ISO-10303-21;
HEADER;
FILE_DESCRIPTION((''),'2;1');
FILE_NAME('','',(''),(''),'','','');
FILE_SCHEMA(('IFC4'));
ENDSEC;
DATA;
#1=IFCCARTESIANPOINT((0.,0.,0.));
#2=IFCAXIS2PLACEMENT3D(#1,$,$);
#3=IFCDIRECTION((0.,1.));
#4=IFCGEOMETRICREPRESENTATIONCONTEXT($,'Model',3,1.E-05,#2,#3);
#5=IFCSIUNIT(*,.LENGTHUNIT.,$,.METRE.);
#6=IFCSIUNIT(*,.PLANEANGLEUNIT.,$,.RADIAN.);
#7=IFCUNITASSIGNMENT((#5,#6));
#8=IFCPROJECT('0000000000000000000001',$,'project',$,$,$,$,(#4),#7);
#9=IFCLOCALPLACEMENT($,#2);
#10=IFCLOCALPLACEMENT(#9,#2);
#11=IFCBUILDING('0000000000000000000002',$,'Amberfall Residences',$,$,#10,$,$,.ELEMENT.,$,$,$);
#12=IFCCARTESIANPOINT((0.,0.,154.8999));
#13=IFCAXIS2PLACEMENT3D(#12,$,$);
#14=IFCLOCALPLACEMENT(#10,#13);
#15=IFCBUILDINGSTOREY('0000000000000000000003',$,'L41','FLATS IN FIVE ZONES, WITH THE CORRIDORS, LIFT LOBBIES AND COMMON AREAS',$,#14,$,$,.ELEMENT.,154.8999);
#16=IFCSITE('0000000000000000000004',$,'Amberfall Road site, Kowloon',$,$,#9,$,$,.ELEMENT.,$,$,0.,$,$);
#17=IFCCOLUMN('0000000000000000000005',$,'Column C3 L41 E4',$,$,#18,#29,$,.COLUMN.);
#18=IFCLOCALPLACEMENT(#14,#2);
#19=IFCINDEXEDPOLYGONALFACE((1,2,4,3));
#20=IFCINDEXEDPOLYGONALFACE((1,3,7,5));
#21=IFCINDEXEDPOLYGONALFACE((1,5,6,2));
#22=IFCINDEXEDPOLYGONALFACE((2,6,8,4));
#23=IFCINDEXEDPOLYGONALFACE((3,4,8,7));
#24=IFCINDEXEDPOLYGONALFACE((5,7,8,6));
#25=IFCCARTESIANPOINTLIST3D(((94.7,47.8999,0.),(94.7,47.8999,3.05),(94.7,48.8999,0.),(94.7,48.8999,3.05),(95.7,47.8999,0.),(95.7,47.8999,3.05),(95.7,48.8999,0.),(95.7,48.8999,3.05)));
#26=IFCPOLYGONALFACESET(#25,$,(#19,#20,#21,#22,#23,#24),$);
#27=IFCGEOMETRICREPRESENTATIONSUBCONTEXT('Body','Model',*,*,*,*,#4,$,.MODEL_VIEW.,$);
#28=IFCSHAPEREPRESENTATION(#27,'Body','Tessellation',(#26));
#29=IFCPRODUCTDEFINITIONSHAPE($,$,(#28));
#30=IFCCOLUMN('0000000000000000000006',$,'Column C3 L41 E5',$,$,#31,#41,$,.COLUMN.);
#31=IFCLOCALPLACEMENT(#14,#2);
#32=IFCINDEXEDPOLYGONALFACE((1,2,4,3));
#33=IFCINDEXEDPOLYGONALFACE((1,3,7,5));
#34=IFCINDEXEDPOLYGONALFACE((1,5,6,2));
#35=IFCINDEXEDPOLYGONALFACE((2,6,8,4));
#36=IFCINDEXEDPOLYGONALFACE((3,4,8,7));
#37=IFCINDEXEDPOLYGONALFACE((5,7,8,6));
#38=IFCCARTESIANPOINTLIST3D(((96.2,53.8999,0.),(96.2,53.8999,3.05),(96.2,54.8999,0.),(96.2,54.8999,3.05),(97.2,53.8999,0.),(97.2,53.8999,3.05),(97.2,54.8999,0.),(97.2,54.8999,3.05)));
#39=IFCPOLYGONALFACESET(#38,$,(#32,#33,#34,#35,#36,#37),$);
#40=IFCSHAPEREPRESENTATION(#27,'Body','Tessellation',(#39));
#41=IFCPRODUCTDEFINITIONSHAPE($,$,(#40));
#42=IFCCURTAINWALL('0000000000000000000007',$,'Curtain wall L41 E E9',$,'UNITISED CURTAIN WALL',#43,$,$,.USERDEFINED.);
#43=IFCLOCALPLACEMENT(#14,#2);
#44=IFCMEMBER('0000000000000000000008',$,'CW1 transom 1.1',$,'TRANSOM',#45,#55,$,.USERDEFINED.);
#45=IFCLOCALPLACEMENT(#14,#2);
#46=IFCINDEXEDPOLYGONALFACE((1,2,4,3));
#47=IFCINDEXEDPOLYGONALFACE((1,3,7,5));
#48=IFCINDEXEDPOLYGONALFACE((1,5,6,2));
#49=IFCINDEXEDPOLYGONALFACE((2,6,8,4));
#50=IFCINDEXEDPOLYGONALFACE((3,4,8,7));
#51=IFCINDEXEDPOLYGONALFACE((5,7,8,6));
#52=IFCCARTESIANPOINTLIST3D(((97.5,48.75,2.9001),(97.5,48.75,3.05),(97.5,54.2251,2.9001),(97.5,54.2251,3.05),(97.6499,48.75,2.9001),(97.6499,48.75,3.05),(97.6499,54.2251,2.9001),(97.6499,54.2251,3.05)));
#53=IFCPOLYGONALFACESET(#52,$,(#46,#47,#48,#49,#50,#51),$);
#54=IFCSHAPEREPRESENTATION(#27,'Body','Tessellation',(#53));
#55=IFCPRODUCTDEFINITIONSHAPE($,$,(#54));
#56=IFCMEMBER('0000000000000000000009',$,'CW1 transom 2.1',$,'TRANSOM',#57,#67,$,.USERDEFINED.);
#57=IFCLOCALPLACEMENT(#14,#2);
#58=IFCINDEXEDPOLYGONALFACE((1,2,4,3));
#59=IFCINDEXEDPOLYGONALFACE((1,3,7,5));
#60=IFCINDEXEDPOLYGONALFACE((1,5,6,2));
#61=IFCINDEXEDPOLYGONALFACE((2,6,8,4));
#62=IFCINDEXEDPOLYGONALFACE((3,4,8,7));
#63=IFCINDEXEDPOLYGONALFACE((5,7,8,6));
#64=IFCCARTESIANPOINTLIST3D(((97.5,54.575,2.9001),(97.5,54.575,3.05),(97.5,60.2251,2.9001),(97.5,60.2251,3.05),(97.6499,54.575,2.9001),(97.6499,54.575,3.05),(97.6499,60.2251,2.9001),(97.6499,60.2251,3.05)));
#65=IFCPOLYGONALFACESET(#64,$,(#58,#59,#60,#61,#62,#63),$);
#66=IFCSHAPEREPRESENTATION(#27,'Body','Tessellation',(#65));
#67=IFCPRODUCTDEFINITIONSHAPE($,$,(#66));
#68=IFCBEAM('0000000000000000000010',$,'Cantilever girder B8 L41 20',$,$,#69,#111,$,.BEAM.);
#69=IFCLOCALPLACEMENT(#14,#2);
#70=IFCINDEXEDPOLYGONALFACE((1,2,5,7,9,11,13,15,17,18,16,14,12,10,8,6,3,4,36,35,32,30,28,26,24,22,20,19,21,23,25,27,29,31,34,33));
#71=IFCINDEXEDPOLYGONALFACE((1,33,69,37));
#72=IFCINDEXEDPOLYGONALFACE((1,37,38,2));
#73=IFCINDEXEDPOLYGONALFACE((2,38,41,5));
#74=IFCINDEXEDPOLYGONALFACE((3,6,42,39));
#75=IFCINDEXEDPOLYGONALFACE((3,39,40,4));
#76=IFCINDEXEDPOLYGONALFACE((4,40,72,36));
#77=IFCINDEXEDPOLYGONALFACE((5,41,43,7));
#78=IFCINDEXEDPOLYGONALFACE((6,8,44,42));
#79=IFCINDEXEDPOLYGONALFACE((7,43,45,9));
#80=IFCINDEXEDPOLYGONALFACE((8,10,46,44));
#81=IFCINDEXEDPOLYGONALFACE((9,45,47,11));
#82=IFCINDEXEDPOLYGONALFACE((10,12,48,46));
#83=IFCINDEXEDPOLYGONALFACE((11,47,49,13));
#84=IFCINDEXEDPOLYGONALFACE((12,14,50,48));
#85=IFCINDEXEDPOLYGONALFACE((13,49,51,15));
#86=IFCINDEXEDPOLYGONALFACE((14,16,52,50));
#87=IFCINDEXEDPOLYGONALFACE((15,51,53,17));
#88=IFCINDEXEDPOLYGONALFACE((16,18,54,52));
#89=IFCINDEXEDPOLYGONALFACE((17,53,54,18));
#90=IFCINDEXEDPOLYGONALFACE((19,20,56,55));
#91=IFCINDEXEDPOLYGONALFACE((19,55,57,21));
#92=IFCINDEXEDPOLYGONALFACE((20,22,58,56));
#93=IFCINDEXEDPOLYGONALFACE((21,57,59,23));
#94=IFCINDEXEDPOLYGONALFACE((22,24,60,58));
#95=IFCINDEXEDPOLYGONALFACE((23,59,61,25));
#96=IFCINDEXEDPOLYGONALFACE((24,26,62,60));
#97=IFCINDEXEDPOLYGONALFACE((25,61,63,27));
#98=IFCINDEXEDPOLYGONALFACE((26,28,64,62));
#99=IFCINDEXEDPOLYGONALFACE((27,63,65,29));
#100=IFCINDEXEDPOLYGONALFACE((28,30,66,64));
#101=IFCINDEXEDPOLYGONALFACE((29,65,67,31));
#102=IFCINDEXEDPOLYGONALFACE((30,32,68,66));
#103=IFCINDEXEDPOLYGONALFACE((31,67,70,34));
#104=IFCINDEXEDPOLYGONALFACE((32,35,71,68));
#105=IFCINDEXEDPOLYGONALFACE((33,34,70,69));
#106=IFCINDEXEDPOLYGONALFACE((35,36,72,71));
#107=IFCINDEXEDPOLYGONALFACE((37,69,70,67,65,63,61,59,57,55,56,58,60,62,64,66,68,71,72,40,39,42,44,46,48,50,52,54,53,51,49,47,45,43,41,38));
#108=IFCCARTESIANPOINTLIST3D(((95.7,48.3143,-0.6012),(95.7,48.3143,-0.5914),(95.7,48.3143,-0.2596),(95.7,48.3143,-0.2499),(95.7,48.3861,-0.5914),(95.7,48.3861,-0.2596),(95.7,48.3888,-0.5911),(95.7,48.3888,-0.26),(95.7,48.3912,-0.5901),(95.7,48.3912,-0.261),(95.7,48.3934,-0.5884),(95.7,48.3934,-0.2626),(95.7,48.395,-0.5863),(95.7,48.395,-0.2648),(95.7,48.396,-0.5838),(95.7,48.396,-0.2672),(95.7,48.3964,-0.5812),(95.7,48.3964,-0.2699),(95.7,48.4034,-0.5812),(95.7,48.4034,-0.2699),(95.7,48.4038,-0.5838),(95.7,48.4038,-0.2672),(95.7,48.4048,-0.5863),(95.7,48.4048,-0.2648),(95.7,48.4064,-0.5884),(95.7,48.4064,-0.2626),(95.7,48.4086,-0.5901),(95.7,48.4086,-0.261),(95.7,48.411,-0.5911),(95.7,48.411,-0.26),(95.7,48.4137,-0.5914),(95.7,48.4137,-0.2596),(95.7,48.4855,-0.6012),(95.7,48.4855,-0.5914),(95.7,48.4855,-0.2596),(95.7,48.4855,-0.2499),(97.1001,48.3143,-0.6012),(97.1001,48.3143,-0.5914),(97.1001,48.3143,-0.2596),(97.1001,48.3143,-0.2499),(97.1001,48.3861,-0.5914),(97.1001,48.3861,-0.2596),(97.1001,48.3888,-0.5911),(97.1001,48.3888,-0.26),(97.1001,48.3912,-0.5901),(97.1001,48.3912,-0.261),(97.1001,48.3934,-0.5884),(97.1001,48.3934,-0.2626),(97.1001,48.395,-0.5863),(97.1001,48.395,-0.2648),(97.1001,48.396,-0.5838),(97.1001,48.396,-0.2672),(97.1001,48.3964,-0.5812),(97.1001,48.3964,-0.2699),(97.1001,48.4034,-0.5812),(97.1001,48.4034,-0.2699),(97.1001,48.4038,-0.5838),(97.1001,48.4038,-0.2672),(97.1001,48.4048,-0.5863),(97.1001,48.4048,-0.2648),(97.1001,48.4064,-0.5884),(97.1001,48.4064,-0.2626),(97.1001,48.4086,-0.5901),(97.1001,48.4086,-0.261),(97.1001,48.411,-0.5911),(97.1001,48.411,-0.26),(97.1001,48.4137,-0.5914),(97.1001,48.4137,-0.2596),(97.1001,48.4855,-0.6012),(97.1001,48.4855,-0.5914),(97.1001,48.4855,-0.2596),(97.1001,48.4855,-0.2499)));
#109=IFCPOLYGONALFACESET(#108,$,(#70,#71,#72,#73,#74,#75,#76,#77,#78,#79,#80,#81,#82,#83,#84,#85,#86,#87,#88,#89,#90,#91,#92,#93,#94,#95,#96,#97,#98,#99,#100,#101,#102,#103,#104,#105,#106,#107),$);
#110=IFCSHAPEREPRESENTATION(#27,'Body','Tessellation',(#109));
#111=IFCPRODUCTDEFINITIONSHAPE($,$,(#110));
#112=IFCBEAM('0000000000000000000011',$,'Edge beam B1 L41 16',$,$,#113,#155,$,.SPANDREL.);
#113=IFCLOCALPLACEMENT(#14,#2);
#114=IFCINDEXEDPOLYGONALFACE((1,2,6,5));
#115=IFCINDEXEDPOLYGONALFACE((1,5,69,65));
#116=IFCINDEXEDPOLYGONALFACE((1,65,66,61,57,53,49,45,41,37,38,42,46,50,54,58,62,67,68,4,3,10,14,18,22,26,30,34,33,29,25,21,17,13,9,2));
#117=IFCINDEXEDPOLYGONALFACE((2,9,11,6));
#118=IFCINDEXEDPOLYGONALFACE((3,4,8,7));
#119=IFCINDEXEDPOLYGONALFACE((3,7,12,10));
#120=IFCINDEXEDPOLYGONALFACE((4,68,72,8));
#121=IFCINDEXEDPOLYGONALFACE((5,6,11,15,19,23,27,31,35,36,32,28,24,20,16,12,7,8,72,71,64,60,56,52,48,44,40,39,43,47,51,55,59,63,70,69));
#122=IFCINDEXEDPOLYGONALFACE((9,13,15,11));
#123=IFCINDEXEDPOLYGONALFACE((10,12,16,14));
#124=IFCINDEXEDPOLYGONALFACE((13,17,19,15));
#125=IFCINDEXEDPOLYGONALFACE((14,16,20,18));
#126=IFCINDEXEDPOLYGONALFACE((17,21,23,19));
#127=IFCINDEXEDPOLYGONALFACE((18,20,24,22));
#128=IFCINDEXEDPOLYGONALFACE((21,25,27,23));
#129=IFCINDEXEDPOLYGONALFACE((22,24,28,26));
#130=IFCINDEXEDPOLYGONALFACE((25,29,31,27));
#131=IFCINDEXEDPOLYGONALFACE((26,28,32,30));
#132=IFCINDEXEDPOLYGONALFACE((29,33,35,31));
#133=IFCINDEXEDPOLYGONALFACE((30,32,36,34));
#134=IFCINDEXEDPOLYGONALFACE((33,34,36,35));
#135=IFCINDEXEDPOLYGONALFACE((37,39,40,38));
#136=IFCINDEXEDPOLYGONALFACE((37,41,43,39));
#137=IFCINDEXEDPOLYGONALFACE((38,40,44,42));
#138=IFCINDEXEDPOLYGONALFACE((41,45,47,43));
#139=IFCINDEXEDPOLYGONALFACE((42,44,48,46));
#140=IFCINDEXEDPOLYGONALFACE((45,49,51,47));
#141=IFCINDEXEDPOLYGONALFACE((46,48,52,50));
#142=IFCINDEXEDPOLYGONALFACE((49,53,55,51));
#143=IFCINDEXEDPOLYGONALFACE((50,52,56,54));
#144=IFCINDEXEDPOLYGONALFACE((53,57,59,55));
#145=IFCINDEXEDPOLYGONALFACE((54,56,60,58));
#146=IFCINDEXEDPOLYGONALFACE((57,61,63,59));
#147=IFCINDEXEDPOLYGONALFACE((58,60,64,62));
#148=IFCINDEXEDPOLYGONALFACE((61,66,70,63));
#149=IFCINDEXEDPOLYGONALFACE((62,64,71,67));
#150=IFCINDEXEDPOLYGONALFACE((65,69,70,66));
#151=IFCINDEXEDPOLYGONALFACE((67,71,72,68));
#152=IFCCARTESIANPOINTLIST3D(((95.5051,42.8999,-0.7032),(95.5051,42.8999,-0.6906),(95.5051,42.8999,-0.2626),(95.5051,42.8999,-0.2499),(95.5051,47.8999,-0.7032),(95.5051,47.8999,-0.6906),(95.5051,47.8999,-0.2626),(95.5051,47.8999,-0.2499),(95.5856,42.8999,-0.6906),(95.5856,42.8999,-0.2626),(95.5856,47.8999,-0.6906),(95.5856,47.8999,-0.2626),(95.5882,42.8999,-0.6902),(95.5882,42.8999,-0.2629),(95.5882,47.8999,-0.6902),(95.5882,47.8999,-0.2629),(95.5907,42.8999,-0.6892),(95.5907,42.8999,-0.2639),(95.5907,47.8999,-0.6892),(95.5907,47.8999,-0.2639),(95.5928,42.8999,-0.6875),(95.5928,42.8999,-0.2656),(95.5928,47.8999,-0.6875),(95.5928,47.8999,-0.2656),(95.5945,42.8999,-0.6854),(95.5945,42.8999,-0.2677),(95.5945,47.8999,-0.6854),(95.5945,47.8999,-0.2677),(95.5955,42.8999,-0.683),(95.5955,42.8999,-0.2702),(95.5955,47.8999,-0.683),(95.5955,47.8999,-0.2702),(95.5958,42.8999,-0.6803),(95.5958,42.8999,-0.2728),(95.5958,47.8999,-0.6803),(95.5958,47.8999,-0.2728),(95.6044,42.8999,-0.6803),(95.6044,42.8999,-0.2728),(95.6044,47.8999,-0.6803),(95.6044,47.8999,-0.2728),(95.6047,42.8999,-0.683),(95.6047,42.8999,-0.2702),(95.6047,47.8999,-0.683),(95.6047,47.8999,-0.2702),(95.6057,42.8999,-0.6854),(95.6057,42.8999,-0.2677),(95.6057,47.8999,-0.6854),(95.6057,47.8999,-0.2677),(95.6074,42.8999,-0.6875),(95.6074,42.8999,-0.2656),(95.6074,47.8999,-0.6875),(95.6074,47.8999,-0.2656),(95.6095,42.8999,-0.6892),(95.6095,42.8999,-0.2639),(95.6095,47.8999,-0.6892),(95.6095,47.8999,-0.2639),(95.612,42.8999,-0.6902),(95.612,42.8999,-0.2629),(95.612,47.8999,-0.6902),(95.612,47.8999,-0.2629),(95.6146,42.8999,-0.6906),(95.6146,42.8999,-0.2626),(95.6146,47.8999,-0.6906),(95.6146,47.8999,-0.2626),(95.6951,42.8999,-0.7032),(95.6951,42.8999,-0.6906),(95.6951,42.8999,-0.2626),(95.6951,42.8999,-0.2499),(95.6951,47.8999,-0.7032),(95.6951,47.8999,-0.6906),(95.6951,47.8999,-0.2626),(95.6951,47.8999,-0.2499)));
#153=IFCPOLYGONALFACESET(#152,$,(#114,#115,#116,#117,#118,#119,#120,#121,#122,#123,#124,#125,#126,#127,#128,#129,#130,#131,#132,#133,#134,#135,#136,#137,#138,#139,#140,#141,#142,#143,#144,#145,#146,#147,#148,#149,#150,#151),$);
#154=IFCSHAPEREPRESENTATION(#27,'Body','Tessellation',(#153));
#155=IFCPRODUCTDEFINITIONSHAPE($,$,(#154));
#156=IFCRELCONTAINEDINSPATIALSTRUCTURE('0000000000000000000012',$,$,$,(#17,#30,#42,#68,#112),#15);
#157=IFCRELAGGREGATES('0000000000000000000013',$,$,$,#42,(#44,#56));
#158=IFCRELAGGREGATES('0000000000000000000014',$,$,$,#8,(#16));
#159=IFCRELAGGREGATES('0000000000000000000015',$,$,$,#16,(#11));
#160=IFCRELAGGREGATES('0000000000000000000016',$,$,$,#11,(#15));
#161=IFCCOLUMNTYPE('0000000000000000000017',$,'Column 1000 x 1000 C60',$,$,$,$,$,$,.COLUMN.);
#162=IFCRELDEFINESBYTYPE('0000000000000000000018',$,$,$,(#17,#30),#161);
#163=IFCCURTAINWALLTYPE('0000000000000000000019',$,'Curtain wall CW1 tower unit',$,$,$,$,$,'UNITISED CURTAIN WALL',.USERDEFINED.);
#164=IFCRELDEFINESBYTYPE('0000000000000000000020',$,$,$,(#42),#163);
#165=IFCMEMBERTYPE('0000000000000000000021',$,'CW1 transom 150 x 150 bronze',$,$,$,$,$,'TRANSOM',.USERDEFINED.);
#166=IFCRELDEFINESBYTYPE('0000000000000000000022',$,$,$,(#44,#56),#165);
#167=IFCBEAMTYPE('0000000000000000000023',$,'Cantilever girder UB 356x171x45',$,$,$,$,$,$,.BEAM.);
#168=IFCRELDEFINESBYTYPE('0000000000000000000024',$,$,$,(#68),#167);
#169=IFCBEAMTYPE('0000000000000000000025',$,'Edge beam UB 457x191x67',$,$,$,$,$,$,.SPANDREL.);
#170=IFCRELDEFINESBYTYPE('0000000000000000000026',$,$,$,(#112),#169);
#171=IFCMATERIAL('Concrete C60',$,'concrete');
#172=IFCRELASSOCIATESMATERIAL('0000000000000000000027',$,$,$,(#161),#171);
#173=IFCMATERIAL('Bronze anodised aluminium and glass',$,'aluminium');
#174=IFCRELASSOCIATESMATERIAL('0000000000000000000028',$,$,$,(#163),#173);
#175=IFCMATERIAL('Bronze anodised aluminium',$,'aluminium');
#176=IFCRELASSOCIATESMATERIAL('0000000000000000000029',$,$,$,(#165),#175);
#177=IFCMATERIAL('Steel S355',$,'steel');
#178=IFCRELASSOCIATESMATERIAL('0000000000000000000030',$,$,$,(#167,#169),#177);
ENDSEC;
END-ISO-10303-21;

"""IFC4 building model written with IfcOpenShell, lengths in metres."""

from ifc_helpers import new_model, si_unit, direction, frame, origin, origin_2d, place, context, subcontext, project, spatial, rectangle, i_section, extrude, material, material_profile, profile_set, type_object, element, aggregate, save


model = new_model("IFC4")

# Units and contexts
model_context = context("Model", 3, precision=1e-05, world=origin(), true_north=direction((0.0, 1.0)))
body_context = subcontext(model_context, "Body", "Model", "MODEL_VIEW")
ifc_project = project(units=[si_unit("LENGTHUNIT", "METRE"), si_unit("PLANEANGLEUNIT", "RADIAN")], contexts=[model_context])

# Site, building, storey
site_placement = place(None, origin())
site = spatial("IfcSite", under=ifc_project, at=site_placement, Name="Amberfall Road site, Kowloon", CompositionType="ELEMENT", RefElevation=0.0)
building_placement = place(site_placement, origin())
building = spatial("IfcBuilding", under=site, at=building_placement, Name="Amberfall Residences", CompositionType="ELEMENT")
storey_placement = place(building_placement, frame((0.0, 0.0, 154.8999)))
storey = spatial("IfcBuildingStorey", under=building, at=storey_placement, Name="L41", Description="FLATS IN FIVE ZONES, WITH THE CORRIDORS, LIFT LOBBIES AND COMMON AREAS", CompositionType="ELEMENT", Elevation=154.8999)

# Columns
ifc_material_1 = material(Name="Concrete C60", Category="concrete")
ifc_material_profile_1 = material_profile(ifc_material_1, rectangle(XDim=1.0, YDim=1.0, at=origin_2d()), Name="Column 1000 x 1000 C60")
ifc_profile_set_1 = profile_set([ifc_material_profile_1], Name="Concrete C60")
column_type = type_object("IfcColumnType", Name="Column 1000 x 1000 C60", PredefinedType="COLUMN", material=ifc_profile_set_1)
for number, where, z_axis, x_axis, name in (
    (1, (95.2, 48.3999, 0.0), (0.0, 0.0, 1.0), (1.0, 0.0, 0.0), "Column C3 L41 E4"),
    (2, (96.7, 54.3999, 0.0), (0.0, 0.0, 1.0), (1.0, 0.0, 0.0), "Column C3 L41 E5"),
):
    element("IfcColumn", number, at=place(storey_placement, frame(where, z_axis=z_axis, x_axis=x_axis)), inside=storey, type_object=column_type, Name=name, PredefinedType="COLUMN", context=body_context, shape_type="SweptSolid", body=[
        extrude(rectangle(XDim=1.0, YDim=1.0, at=origin_2d()), origin(), (0.0, 0.0, 1.0), 3.05),
    ])

# Curtain wall, members
ifc_material_2 = material(Name="Bronze anodised aluminium and glass", Category="aluminium")
curtain_wall_type = type_object("IfcCurtainWallType", Name="Curtain wall CW1 tower unit", ElementType="UNITISED CURTAIN WALL", PredefinedType="USERDEFINED", material=ifc_material_2)
curtain_wall_placement = place(storey_placement, origin())
curtain_wall = element("IfcCurtainWall", 3, at=curtain_wall_placement, inside=storey, type_object=curtain_wall_type, Name="Curtain wall L41 E E9", ObjectType="UNITISED CURTAIN WALL", PredefinedType="USERDEFINED")
ifc_material_3 = material(Name="Bronze anodised aluminium", Category="aluminium")
ifc_material_profile_2 = material_profile(ifc_material_3, rectangle(XDim=0.1499, YDim=0.1499, at=origin_2d()), Name="CW1 transom 150 x 150 bronze")
ifc_profile_set_2 = profile_set([ifc_material_profile_2], Name="Bronze anodised aluminium")
member_type_1 = type_object("IfcMemberType", Name="CW1 transom 150 x 150 bronze", ElementType="TRANSOM", PredefinedType="USERDEFINED", material=ifc_profile_set_2)
member_1_placement = place(storey_placement, frame((97.575, 48.75, 2.9751), z_axis=(0.0, 1.0, 0.0), x_axis=(-1.0, 0.0, 0.0)))
member_1 = element("IfcMember", 4, at=member_1_placement, type_object=member_type_1, Name="CW1 transom 1.1", ObjectType="TRANSOM", PredefinedType="USERDEFINED", context=body_context, shape_type="SweptSolid", body=[
    extrude(rectangle(XDim=0.1499, YDim=0.1499, at=origin_2d()), origin(), (0.0, 0.0, 1.0), 5.4751),
])
member_2_placement = place(storey_placement, frame((97.575, 54.575, 2.9751), z_axis=(0.0, 1.0, 0.0), x_axis=(-1.0, 0.0, 0.0)))
member_2 = element("IfcMember", 5, at=member_2_placement, type_object=member_type_1, Name="CW1 transom 2.1", ObjectType="TRANSOM", PredefinedType="USERDEFINED", context=body_context, shape_type="SweptSolid", body=[
    extrude(rectangle(XDim=0.1499, YDim=0.1499, at=origin_2d()), origin(), (0.0, 0.0, 1.0), 5.6501),
])

# Beams
ifc_material_4 = material(Name="Steel S355", Category="steel")
ifc_material_profile_3 = material_profile(ifc_material_4, i_section(OverallWidth=0.1711, OverallDepth=0.3513, WebThickness=0.0071, FlangeThickness=0.0098, FilletRadius=0.0103, at=origin_2d()), Name="UB 356x171x45")
ifc_profile_set_3 = profile_set([ifc_material_profile_3], Name="Steel S355")
beam_type_1 = type_object("IfcBeamType", Name="Cantilever girder UB 356x171x45", PredefinedType="BEAM", material=ifc_profile_set_3)
beam_1_placement = place(storey_placement, frame((95.7, 48.3999, -0.4255), z_axis=(1.0, 0.0, 0.0), x_axis=(0.0, 1.0, 0.0)))
element("IfcBeam", 6, at=beam_1_placement, inside=storey, type_object=beam_type_1, Name="Cantilever girder B8 L41 20", PredefinedType="BEAM", context=body_context, shape_type="SweptSolid", body=[
    extrude(i_section(OverallWidth=0.1711, OverallDepth=0.3513, WebThickness=0.0071, FlangeThickness=0.0098, FilletRadius=0.0103, at=origin_2d()), origin(), (0.0, 0.0, 1.0), 1.4001),
])
ifc_material_profile_4 = material_profile(ifc_material_4, i_section(OverallWidth=0.1899, OverallDepth=0.4534, WebThickness=0.0085, FlangeThickness=0.0127, FilletRadius=0.0103, at=origin_2d()), Name="UB 457x191x67")
ifc_profile_set_4 = profile_set([ifc_material_profile_4], Name="Steel S355")
beam_type_2 = type_object("IfcBeamType", Name="Edge beam UB 457x191x67", PredefinedType="SPANDREL", material=ifc_profile_set_4)
beam_2_placement = place(storey_placement, frame((95.6001, 42.8999, -0.4766), z_axis=(0.0, 1.0, 0.0), x_axis=(-1.0, 0.0, 0.0)))
element("IfcBeam", 7, at=beam_2_placement, inside=storey, type_object=beam_type_2, Name="Edge beam B1 L41 16", PredefinedType="SPANDREL", context=body_context, shape_type="SweptSolid", body=[
    extrude(i_section(OverallWidth=0.1899, OverallDepth=0.4534, WebThickness=0.0085, FlangeThickness=0.0127, FilletRadius=0.0103, at=origin_2d()), origin(), (0.0, 0.0, 1.0), 5.0),
])

aggregate(curtain_wall, [member_1, member_2])

save(model, "model.ifc")
